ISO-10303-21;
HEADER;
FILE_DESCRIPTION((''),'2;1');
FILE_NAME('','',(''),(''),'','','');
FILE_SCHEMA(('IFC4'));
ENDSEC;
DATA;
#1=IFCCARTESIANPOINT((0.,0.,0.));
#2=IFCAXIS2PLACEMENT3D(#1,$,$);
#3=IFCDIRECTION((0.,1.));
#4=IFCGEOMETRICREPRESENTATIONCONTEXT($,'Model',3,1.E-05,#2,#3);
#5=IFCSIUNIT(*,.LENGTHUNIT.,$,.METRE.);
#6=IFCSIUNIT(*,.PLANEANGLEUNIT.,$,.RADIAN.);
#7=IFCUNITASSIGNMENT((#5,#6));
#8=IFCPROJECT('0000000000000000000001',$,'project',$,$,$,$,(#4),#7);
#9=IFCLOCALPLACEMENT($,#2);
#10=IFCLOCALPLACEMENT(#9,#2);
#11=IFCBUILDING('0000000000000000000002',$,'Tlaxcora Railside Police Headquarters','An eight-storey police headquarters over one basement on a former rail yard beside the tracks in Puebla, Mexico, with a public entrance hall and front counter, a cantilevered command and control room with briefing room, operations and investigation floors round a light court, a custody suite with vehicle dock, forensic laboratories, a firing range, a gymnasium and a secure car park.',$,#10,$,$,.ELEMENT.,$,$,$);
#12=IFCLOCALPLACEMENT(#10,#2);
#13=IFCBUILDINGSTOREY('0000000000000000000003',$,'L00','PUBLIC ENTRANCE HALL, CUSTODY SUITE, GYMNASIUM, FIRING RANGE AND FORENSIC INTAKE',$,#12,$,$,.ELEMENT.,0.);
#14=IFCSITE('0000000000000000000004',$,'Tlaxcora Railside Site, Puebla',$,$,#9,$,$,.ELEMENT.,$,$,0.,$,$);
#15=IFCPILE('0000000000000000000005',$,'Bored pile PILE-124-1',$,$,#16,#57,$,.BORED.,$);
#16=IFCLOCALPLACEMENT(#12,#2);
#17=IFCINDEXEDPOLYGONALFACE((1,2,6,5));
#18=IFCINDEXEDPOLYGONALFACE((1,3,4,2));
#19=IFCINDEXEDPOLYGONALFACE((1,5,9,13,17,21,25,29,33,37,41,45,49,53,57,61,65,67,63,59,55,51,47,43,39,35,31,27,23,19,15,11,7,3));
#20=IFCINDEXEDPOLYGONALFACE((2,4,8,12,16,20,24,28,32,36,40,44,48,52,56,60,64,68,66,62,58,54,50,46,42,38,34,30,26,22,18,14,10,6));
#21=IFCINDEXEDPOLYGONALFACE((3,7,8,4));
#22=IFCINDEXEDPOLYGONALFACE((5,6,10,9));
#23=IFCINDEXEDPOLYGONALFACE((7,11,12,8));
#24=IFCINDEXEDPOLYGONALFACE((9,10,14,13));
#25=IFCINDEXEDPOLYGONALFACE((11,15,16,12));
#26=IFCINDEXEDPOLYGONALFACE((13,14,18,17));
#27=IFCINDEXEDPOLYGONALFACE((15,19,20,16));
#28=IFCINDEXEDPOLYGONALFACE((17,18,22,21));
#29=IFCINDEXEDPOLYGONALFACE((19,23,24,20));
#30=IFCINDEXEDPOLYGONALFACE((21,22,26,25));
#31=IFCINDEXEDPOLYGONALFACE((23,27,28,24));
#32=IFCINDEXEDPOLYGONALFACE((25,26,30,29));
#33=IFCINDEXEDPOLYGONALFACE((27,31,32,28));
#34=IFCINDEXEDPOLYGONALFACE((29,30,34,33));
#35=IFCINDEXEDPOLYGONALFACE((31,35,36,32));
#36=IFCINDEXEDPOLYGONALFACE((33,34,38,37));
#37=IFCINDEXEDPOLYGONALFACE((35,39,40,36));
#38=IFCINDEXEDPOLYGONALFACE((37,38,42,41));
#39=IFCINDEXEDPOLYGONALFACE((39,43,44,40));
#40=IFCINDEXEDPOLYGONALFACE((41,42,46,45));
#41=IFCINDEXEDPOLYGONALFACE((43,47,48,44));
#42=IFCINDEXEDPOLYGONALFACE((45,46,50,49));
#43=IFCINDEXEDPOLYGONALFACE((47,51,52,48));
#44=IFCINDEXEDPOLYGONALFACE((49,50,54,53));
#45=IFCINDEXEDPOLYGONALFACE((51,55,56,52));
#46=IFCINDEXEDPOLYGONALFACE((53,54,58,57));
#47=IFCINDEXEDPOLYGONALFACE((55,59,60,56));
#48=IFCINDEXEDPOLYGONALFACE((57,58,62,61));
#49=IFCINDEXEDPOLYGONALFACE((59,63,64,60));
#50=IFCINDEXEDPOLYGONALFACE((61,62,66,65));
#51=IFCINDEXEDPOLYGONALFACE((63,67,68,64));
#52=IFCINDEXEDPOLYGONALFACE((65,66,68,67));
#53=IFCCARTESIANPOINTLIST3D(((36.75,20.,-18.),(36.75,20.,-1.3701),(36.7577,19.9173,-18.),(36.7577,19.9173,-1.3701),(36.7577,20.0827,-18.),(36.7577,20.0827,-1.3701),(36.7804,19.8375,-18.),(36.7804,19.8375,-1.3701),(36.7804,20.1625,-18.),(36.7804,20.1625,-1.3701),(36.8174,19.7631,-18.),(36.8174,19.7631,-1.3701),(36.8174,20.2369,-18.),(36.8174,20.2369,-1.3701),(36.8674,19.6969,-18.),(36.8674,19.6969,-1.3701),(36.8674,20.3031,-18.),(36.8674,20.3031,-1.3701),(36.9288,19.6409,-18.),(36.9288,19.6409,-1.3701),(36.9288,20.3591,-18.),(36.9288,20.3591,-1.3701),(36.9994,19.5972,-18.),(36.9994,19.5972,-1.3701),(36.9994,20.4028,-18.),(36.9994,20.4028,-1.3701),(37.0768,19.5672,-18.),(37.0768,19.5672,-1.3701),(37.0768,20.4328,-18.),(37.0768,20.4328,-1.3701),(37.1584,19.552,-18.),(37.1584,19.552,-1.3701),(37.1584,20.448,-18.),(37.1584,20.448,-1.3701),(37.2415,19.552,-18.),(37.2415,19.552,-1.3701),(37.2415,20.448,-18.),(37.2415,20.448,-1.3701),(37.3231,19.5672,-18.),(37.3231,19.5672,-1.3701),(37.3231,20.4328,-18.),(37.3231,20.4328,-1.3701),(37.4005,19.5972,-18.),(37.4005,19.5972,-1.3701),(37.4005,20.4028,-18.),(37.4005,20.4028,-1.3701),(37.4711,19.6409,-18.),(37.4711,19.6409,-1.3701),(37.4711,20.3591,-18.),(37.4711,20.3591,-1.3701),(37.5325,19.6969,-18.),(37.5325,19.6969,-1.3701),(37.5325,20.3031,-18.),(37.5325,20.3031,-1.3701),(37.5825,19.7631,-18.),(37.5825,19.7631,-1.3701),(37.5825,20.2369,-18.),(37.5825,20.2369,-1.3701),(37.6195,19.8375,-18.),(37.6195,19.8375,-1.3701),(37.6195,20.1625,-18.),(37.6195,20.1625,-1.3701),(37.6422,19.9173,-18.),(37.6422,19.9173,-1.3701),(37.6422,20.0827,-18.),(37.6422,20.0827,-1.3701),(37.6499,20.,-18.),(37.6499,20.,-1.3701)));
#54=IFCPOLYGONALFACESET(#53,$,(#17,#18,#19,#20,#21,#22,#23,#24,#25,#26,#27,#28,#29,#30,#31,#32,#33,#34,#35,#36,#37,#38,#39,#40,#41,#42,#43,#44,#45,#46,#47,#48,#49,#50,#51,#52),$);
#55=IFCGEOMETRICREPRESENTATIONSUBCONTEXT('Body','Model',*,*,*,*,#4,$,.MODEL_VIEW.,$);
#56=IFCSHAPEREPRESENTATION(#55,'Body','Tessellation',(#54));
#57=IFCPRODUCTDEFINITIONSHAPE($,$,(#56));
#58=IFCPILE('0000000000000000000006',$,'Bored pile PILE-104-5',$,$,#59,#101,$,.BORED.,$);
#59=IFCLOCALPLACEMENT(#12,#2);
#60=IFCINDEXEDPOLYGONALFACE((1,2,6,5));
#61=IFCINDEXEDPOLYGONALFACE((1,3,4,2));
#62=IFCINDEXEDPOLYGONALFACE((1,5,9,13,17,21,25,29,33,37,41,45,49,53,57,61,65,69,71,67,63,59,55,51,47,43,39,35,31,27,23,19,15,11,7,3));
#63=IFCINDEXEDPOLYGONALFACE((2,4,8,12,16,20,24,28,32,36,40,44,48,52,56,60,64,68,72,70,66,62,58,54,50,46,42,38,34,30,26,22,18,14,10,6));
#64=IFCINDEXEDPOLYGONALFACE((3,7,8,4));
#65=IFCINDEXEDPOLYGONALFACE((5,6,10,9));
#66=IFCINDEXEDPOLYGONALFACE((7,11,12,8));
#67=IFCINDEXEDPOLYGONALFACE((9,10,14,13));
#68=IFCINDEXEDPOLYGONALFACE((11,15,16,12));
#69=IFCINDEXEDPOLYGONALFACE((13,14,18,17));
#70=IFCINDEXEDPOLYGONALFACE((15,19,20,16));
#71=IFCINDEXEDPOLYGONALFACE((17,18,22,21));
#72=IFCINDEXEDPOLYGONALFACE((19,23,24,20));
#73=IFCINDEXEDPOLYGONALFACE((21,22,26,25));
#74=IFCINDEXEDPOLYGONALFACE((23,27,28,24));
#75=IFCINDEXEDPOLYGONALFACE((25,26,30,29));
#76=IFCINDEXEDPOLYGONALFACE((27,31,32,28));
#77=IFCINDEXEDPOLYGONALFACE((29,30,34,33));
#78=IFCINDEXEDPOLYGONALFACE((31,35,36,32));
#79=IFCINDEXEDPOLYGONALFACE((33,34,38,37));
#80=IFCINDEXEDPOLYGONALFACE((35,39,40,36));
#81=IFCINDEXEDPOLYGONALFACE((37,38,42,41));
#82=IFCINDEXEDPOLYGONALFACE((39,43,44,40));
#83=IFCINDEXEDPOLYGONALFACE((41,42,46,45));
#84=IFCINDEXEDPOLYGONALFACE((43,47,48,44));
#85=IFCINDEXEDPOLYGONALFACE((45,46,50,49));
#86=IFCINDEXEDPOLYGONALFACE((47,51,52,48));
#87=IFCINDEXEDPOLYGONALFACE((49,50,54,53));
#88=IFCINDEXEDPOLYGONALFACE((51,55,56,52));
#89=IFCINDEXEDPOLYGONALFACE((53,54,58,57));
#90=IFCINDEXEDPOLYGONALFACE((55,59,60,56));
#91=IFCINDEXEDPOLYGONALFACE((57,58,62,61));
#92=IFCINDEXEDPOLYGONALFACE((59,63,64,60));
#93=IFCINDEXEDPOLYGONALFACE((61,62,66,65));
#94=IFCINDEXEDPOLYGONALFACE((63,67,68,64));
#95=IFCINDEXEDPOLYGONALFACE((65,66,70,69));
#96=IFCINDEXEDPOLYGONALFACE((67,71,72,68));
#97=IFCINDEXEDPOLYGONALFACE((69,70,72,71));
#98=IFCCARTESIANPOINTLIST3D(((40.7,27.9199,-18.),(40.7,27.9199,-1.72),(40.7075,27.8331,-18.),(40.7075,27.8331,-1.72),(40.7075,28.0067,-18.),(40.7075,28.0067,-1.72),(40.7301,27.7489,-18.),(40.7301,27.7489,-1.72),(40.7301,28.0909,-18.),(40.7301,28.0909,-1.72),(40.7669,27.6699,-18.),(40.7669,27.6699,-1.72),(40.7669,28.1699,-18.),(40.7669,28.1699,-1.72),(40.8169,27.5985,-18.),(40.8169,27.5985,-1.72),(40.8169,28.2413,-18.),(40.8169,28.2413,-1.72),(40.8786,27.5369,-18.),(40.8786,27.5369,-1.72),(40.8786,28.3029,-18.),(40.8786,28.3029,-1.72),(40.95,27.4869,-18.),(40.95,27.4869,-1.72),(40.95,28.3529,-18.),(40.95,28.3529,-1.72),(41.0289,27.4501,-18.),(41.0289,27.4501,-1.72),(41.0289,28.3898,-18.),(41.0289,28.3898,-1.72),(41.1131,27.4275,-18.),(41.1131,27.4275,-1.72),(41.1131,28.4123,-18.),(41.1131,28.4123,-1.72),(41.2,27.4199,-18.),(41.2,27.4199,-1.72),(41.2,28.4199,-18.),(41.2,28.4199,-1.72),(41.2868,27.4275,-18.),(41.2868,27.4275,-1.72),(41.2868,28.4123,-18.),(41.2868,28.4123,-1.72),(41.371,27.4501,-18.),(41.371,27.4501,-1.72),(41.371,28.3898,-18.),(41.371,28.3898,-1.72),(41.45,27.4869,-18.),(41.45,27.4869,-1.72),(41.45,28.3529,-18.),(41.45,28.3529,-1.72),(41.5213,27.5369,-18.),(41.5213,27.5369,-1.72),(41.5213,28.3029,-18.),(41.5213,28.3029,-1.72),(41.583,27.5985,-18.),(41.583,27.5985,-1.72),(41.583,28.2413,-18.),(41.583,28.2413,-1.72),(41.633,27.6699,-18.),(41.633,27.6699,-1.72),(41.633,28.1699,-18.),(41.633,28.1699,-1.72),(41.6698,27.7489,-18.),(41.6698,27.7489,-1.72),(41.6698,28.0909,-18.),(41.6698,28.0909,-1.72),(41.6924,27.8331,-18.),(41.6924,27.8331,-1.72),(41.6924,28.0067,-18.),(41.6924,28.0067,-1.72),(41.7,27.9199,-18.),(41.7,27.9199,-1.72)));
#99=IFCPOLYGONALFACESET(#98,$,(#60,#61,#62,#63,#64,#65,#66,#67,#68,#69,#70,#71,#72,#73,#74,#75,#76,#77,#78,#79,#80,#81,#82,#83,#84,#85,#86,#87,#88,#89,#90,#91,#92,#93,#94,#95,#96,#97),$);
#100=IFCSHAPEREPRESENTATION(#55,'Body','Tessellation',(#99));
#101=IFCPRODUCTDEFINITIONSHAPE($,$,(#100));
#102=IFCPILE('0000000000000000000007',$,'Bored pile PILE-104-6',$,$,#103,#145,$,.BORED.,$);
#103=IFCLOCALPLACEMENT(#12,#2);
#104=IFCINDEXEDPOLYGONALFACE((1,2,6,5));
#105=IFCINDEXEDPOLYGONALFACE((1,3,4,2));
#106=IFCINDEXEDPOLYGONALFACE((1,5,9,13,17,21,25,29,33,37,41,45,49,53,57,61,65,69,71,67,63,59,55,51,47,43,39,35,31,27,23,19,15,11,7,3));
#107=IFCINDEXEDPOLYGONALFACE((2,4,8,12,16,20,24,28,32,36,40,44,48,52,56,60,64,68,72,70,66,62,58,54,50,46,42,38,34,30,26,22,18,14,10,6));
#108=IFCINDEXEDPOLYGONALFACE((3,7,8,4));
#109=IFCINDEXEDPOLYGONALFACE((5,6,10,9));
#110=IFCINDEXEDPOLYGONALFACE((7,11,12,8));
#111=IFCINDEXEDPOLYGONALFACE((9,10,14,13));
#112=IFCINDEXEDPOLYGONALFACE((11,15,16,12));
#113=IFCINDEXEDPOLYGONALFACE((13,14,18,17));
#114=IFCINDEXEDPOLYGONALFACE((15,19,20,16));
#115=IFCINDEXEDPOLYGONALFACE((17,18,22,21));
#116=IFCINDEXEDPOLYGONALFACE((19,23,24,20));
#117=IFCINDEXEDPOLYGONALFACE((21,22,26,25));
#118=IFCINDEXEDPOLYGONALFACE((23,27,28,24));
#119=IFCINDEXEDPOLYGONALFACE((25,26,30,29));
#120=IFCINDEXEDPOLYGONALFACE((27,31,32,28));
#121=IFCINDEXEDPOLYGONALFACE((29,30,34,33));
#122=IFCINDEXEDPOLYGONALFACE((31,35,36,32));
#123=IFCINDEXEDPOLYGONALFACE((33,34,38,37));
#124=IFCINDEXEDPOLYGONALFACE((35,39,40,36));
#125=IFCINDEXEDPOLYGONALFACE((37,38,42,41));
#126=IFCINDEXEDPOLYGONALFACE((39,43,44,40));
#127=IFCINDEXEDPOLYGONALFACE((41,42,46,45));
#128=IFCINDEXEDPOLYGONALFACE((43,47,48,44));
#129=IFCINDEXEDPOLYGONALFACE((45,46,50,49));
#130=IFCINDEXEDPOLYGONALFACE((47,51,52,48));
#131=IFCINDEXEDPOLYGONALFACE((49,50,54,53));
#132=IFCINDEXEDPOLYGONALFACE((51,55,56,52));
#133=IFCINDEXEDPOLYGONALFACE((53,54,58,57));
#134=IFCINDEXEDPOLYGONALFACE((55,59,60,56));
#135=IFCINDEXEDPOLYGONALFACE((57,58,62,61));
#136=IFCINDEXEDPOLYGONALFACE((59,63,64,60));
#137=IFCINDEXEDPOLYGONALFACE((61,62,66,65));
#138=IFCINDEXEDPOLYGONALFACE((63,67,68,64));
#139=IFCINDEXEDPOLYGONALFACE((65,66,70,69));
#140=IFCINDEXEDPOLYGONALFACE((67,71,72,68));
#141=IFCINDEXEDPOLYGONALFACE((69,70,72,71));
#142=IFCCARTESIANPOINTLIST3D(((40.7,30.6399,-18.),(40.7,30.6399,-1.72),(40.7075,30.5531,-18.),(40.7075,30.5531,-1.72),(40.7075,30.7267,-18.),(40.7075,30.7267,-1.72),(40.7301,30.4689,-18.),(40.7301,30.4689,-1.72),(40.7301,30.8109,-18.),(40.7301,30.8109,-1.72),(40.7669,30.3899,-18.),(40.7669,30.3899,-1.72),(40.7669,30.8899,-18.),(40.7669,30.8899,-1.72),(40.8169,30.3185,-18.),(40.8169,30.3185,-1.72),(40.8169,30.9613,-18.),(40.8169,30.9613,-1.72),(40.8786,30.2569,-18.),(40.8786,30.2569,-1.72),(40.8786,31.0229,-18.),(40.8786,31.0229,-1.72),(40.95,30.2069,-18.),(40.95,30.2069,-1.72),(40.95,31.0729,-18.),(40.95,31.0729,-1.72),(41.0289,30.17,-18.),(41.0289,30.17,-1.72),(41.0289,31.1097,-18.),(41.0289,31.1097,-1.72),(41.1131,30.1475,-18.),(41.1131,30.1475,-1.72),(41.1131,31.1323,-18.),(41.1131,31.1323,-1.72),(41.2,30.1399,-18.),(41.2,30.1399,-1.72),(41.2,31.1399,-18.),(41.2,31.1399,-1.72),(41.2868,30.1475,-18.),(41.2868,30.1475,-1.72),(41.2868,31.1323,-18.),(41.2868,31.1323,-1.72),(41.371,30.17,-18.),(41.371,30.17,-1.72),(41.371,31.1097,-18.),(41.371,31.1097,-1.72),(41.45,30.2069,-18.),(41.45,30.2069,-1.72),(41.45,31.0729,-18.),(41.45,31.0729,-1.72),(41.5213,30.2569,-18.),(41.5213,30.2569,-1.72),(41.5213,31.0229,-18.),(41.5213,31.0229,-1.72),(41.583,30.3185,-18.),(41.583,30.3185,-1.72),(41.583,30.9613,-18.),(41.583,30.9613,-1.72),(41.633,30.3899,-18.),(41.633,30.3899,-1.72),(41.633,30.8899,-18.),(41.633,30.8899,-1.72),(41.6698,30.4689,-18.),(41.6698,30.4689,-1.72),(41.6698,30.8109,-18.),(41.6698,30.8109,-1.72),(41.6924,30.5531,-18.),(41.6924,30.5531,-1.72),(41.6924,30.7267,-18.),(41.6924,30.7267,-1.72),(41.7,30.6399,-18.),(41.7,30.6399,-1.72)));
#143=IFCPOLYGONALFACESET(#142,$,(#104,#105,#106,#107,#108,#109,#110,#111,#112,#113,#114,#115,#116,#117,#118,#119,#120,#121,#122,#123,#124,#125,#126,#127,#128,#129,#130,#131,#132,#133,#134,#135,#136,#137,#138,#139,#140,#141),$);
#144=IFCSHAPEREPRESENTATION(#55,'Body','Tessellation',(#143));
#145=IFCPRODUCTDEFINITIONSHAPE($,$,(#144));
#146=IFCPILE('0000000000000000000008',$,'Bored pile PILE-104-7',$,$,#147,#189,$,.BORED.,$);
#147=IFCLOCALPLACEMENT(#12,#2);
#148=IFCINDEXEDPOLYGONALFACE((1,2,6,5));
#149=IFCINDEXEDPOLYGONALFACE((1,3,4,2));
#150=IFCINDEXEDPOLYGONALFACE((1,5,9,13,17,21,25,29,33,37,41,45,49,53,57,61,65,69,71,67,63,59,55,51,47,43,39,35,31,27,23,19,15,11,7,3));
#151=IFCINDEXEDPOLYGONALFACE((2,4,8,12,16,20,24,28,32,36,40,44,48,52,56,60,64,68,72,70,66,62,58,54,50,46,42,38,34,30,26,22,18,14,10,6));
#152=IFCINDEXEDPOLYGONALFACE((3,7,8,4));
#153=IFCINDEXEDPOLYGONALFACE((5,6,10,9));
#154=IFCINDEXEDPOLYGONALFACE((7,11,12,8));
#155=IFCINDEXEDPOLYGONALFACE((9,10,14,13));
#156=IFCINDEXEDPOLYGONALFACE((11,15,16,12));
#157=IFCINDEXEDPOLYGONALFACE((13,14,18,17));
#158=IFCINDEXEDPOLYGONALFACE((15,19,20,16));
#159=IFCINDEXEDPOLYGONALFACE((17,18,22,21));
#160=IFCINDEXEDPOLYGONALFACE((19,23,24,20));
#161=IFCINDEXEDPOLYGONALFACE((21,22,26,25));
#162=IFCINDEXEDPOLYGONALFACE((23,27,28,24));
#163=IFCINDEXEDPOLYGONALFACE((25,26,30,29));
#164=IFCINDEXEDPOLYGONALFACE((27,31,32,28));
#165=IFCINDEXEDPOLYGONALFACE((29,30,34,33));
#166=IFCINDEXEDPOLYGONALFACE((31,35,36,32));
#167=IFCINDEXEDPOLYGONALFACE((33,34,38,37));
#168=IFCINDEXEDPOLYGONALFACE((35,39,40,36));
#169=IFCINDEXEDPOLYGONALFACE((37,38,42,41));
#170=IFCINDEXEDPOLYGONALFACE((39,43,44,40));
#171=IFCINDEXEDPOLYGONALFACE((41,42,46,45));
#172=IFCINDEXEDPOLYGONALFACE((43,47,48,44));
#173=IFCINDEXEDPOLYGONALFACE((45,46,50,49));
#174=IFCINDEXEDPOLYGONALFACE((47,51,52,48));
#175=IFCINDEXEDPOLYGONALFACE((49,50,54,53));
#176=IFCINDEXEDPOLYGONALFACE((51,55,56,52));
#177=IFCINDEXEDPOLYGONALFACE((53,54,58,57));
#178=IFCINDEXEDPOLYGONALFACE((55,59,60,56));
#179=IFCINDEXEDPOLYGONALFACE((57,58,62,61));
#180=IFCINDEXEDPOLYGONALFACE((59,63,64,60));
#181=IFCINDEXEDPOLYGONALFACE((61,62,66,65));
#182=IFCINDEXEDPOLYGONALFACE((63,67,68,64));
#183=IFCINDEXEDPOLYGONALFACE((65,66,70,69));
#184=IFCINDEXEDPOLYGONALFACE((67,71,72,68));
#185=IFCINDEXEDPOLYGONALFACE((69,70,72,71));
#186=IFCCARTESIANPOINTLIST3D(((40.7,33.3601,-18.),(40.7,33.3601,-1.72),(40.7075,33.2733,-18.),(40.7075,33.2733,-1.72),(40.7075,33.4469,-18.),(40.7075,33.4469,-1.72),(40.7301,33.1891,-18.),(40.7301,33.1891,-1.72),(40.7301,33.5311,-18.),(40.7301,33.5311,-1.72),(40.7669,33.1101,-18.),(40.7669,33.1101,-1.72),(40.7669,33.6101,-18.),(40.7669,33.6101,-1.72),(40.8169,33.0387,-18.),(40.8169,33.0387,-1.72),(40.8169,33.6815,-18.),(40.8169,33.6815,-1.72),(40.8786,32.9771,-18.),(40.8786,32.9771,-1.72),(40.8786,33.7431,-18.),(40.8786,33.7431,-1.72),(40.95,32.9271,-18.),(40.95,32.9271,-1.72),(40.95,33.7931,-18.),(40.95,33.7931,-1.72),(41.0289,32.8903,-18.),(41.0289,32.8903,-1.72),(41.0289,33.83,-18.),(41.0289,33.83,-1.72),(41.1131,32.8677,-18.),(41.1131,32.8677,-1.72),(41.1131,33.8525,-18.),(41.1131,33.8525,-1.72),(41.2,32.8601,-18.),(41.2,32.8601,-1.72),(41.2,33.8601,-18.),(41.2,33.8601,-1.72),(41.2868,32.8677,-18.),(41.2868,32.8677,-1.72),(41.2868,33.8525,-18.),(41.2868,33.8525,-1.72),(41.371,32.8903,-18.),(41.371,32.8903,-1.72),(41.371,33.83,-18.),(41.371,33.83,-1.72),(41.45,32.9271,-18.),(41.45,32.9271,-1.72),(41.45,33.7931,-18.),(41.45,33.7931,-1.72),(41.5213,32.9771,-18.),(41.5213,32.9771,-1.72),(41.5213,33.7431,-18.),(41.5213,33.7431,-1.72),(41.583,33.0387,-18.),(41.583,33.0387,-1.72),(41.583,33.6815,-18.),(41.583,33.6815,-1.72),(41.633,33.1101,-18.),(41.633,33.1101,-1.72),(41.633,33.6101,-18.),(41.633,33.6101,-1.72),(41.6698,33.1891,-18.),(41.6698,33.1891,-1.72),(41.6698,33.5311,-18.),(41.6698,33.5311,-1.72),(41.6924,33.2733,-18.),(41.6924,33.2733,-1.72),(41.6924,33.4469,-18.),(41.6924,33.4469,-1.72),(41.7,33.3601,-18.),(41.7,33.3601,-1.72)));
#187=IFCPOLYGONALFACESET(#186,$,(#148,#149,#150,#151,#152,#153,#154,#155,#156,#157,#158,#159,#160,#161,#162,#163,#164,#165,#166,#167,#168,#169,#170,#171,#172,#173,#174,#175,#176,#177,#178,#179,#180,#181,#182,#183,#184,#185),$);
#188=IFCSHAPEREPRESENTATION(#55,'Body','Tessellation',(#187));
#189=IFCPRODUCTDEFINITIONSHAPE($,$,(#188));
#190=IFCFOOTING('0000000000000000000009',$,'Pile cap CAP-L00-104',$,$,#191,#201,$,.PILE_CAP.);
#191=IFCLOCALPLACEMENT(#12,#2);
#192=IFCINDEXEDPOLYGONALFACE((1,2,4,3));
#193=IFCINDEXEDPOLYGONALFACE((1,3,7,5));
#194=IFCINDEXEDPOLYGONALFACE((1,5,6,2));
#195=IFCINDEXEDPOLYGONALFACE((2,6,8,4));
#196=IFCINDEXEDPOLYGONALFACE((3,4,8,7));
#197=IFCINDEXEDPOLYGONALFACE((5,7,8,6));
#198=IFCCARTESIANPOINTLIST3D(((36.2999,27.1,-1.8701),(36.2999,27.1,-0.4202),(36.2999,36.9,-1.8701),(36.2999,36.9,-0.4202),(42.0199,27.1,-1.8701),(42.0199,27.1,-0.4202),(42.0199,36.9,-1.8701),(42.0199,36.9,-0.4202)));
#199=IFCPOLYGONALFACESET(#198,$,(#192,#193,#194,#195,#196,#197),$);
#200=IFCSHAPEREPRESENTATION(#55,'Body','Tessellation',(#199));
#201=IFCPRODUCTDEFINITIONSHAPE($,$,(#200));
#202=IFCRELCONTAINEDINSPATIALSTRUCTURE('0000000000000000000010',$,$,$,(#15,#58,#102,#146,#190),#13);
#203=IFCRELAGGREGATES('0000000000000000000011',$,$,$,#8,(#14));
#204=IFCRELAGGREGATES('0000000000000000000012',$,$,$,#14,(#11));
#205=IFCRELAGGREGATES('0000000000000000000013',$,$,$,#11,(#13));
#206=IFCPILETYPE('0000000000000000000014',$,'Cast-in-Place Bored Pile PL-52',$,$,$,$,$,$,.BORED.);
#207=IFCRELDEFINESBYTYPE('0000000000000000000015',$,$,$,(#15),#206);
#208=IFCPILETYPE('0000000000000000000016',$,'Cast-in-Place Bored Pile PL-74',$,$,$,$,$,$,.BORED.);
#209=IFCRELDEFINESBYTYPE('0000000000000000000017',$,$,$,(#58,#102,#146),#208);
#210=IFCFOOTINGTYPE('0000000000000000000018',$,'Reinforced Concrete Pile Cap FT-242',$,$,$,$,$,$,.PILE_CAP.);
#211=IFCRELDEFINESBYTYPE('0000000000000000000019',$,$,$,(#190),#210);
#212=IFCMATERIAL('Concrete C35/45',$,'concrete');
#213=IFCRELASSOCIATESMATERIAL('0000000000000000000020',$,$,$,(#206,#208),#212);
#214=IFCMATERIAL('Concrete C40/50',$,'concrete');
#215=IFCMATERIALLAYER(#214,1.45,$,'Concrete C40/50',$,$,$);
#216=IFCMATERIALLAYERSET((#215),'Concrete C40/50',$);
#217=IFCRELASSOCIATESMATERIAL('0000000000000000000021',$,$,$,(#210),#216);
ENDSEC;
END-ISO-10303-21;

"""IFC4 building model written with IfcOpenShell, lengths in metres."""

from ifc_helpers import new_model, si_unit, direction, frame, origin, origin_2d, place, context, subcontext, project, spatial, rectangle, circle, extrude, material, layer, layer_set, material_profile, profile_set, type_object, element, save


model = new_model("IFC4")

# Units and contexts
model_context = context("Model", 3, precision=1e-05, world=origin(), true_north=direction((0.0, 1.0)))
body_context = subcontext(model_context, "Body", "Model", "MODEL_VIEW")
ifc_project = project(units=[si_unit("LENGTHUNIT", "METRE"), si_unit("PLANEANGLEUNIT", "RADIAN")], contexts=[model_context])

# Site, building, storey
site_placement = place(None, origin())
site = spatial("IfcSite", under=ifc_project, at=site_placement, Name="Tlaxcora Railside Site, Puebla", CompositionType="ELEMENT", RefElevation=0.0)
building_placement = place(site_placement, origin())
building = spatial("IfcBuilding", under=site, at=building_placement, Name="Tlaxcora Railside Police Headquarters", Description="An eight-storey police headquarters over one basement on a former rail yard beside the tracks in Puebla, Mexico, with a public entrance hall and front counter, a cantilevered command and control room with briefing room, operations and investigation floors round a light court, a custody suite with vehicle dock, forensic laboratories, a firing range, a gymnasium and a secure car park.", CompositionType="ELEMENT")
storey_placement = place(building_placement, origin())
storey = spatial("IfcBuildingStorey", under=building, at=storey_placement, Name="L00", Description="PUBLIC ENTRANCE HALL, CUSTODY SUITE, GYMNASIUM, FIRING RANGE AND FORENSIC INTAKE", CompositionType="ELEMENT", Elevation=0.0)

# Piles
ifc_material_1 = material(Name="Concrete C35/45", Category="concrete")
ifc_material_profile_1 = material_profile(ifc_material_1, circle(Radius=0.45, at=origin_2d()), Name="PILE900")
ifc_profile_set_1 = profile_set([ifc_material_profile_1], Name="Concrete C35/45")
pile_type_1 = type_object("IfcPileType", Name="Cast-in-Place Bored Pile PL-52", PredefinedType="BORED", material=ifc_profile_set_1)
pile_placement = place(storey_placement, frame((37.2, 20.0, -1.3701), z_axis=(0.0, 0.0, -1.0), x_axis=(1.0, 0.0, 0.0)))
element("IfcPile", 1, at=pile_placement, inside=storey, type_object=pile_type_1, Name="Bored pile PILE-124-1", PredefinedType="BORED", context=body_context, shape_type="SweptSolid", body=[
    extrude(circle(Radius=0.45, at=origin_2d()), origin(), (0.0, 0.0, 1.0), 16.6299),
])
ifc_material_profile_2 = material_profile(ifc_material_1, circle(Radius=0.5, at=origin_2d()), Name="PILE1000")
ifc_profile_set_2 = profile_set([ifc_material_profile_2], Name="Concrete C35/45")
pile_type_2 = type_object("IfcPileType", Name="Cast-in-Place Bored Pile PL-74", PredefinedType="BORED", material=ifc_profile_set_2)
for number, where, z_axis, x_axis, name in (
    (2, (41.2, 27.9199, -1.72), (0.0, 0.0, -1.0), (1.0, 0.0, 0.0), "Bored pile PILE-104-5"),
    (3, (41.2, 30.6399, -1.72), (0.0, 0.0, -1.0), (1.0, 0.0, 0.0), "Bored pile PILE-104-6"),
    (4, (41.2, 33.3601, -1.72), (0.0, 0.0, -1.0), (1.0, 0.0, 0.0), "Bored pile PILE-104-7"),
):
    element("IfcPile", number, at=place(storey_placement, frame(where, z_axis=z_axis, x_axis=x_axis)), inside=storey, type_object=pile_type_2, Name=name, PredefinedType="BORED", context=body_context, shape_type="SweptSolid", body=[
        extrude(circle(Radius=0.5, at=origin_2d()), origin(), (0.0, 0.0, 1.0), 16.28),
    ])

# Footing
ifc_material_2 = material(Name="Concrete C40/50", Category="concrete")
ifc_layer_1 = layer(ifc_material_2, 1.45, Name="Concrete C40/50")
ifc_layer_set_1 = layer_set([ifc_layer_1], Name="Concrete C40/50")
footing_type_1 = type_object("IfcFootingType", Name="Reinforced Concrete Pile Cap FT-242", PredefinedType="PILE_CAP", material=ifc_layer_set_1)
footing_1_placement = place(storey_placement, frame((39.1599, 32.0, -1.8701), z_axis=(0.0, 0.0, 1.0), x_axis=(1.0, 0.0, 0.0)))
element("IfcFooting", 5, at=footing_1_placement, inside=storey, type_object=footing_type_1, Name="Pile cap CAP-L00-104", PredefinedType="PILE_CAP", context=body_context, shape_type="SweptSolid", body=[
    extrude(rectangle(XDim=5.72, YDim=9.8, at=origin_2d()), origin(), (0.0, 0.0, 1.0), 1.45),
])

save(model, "model.ifc")
